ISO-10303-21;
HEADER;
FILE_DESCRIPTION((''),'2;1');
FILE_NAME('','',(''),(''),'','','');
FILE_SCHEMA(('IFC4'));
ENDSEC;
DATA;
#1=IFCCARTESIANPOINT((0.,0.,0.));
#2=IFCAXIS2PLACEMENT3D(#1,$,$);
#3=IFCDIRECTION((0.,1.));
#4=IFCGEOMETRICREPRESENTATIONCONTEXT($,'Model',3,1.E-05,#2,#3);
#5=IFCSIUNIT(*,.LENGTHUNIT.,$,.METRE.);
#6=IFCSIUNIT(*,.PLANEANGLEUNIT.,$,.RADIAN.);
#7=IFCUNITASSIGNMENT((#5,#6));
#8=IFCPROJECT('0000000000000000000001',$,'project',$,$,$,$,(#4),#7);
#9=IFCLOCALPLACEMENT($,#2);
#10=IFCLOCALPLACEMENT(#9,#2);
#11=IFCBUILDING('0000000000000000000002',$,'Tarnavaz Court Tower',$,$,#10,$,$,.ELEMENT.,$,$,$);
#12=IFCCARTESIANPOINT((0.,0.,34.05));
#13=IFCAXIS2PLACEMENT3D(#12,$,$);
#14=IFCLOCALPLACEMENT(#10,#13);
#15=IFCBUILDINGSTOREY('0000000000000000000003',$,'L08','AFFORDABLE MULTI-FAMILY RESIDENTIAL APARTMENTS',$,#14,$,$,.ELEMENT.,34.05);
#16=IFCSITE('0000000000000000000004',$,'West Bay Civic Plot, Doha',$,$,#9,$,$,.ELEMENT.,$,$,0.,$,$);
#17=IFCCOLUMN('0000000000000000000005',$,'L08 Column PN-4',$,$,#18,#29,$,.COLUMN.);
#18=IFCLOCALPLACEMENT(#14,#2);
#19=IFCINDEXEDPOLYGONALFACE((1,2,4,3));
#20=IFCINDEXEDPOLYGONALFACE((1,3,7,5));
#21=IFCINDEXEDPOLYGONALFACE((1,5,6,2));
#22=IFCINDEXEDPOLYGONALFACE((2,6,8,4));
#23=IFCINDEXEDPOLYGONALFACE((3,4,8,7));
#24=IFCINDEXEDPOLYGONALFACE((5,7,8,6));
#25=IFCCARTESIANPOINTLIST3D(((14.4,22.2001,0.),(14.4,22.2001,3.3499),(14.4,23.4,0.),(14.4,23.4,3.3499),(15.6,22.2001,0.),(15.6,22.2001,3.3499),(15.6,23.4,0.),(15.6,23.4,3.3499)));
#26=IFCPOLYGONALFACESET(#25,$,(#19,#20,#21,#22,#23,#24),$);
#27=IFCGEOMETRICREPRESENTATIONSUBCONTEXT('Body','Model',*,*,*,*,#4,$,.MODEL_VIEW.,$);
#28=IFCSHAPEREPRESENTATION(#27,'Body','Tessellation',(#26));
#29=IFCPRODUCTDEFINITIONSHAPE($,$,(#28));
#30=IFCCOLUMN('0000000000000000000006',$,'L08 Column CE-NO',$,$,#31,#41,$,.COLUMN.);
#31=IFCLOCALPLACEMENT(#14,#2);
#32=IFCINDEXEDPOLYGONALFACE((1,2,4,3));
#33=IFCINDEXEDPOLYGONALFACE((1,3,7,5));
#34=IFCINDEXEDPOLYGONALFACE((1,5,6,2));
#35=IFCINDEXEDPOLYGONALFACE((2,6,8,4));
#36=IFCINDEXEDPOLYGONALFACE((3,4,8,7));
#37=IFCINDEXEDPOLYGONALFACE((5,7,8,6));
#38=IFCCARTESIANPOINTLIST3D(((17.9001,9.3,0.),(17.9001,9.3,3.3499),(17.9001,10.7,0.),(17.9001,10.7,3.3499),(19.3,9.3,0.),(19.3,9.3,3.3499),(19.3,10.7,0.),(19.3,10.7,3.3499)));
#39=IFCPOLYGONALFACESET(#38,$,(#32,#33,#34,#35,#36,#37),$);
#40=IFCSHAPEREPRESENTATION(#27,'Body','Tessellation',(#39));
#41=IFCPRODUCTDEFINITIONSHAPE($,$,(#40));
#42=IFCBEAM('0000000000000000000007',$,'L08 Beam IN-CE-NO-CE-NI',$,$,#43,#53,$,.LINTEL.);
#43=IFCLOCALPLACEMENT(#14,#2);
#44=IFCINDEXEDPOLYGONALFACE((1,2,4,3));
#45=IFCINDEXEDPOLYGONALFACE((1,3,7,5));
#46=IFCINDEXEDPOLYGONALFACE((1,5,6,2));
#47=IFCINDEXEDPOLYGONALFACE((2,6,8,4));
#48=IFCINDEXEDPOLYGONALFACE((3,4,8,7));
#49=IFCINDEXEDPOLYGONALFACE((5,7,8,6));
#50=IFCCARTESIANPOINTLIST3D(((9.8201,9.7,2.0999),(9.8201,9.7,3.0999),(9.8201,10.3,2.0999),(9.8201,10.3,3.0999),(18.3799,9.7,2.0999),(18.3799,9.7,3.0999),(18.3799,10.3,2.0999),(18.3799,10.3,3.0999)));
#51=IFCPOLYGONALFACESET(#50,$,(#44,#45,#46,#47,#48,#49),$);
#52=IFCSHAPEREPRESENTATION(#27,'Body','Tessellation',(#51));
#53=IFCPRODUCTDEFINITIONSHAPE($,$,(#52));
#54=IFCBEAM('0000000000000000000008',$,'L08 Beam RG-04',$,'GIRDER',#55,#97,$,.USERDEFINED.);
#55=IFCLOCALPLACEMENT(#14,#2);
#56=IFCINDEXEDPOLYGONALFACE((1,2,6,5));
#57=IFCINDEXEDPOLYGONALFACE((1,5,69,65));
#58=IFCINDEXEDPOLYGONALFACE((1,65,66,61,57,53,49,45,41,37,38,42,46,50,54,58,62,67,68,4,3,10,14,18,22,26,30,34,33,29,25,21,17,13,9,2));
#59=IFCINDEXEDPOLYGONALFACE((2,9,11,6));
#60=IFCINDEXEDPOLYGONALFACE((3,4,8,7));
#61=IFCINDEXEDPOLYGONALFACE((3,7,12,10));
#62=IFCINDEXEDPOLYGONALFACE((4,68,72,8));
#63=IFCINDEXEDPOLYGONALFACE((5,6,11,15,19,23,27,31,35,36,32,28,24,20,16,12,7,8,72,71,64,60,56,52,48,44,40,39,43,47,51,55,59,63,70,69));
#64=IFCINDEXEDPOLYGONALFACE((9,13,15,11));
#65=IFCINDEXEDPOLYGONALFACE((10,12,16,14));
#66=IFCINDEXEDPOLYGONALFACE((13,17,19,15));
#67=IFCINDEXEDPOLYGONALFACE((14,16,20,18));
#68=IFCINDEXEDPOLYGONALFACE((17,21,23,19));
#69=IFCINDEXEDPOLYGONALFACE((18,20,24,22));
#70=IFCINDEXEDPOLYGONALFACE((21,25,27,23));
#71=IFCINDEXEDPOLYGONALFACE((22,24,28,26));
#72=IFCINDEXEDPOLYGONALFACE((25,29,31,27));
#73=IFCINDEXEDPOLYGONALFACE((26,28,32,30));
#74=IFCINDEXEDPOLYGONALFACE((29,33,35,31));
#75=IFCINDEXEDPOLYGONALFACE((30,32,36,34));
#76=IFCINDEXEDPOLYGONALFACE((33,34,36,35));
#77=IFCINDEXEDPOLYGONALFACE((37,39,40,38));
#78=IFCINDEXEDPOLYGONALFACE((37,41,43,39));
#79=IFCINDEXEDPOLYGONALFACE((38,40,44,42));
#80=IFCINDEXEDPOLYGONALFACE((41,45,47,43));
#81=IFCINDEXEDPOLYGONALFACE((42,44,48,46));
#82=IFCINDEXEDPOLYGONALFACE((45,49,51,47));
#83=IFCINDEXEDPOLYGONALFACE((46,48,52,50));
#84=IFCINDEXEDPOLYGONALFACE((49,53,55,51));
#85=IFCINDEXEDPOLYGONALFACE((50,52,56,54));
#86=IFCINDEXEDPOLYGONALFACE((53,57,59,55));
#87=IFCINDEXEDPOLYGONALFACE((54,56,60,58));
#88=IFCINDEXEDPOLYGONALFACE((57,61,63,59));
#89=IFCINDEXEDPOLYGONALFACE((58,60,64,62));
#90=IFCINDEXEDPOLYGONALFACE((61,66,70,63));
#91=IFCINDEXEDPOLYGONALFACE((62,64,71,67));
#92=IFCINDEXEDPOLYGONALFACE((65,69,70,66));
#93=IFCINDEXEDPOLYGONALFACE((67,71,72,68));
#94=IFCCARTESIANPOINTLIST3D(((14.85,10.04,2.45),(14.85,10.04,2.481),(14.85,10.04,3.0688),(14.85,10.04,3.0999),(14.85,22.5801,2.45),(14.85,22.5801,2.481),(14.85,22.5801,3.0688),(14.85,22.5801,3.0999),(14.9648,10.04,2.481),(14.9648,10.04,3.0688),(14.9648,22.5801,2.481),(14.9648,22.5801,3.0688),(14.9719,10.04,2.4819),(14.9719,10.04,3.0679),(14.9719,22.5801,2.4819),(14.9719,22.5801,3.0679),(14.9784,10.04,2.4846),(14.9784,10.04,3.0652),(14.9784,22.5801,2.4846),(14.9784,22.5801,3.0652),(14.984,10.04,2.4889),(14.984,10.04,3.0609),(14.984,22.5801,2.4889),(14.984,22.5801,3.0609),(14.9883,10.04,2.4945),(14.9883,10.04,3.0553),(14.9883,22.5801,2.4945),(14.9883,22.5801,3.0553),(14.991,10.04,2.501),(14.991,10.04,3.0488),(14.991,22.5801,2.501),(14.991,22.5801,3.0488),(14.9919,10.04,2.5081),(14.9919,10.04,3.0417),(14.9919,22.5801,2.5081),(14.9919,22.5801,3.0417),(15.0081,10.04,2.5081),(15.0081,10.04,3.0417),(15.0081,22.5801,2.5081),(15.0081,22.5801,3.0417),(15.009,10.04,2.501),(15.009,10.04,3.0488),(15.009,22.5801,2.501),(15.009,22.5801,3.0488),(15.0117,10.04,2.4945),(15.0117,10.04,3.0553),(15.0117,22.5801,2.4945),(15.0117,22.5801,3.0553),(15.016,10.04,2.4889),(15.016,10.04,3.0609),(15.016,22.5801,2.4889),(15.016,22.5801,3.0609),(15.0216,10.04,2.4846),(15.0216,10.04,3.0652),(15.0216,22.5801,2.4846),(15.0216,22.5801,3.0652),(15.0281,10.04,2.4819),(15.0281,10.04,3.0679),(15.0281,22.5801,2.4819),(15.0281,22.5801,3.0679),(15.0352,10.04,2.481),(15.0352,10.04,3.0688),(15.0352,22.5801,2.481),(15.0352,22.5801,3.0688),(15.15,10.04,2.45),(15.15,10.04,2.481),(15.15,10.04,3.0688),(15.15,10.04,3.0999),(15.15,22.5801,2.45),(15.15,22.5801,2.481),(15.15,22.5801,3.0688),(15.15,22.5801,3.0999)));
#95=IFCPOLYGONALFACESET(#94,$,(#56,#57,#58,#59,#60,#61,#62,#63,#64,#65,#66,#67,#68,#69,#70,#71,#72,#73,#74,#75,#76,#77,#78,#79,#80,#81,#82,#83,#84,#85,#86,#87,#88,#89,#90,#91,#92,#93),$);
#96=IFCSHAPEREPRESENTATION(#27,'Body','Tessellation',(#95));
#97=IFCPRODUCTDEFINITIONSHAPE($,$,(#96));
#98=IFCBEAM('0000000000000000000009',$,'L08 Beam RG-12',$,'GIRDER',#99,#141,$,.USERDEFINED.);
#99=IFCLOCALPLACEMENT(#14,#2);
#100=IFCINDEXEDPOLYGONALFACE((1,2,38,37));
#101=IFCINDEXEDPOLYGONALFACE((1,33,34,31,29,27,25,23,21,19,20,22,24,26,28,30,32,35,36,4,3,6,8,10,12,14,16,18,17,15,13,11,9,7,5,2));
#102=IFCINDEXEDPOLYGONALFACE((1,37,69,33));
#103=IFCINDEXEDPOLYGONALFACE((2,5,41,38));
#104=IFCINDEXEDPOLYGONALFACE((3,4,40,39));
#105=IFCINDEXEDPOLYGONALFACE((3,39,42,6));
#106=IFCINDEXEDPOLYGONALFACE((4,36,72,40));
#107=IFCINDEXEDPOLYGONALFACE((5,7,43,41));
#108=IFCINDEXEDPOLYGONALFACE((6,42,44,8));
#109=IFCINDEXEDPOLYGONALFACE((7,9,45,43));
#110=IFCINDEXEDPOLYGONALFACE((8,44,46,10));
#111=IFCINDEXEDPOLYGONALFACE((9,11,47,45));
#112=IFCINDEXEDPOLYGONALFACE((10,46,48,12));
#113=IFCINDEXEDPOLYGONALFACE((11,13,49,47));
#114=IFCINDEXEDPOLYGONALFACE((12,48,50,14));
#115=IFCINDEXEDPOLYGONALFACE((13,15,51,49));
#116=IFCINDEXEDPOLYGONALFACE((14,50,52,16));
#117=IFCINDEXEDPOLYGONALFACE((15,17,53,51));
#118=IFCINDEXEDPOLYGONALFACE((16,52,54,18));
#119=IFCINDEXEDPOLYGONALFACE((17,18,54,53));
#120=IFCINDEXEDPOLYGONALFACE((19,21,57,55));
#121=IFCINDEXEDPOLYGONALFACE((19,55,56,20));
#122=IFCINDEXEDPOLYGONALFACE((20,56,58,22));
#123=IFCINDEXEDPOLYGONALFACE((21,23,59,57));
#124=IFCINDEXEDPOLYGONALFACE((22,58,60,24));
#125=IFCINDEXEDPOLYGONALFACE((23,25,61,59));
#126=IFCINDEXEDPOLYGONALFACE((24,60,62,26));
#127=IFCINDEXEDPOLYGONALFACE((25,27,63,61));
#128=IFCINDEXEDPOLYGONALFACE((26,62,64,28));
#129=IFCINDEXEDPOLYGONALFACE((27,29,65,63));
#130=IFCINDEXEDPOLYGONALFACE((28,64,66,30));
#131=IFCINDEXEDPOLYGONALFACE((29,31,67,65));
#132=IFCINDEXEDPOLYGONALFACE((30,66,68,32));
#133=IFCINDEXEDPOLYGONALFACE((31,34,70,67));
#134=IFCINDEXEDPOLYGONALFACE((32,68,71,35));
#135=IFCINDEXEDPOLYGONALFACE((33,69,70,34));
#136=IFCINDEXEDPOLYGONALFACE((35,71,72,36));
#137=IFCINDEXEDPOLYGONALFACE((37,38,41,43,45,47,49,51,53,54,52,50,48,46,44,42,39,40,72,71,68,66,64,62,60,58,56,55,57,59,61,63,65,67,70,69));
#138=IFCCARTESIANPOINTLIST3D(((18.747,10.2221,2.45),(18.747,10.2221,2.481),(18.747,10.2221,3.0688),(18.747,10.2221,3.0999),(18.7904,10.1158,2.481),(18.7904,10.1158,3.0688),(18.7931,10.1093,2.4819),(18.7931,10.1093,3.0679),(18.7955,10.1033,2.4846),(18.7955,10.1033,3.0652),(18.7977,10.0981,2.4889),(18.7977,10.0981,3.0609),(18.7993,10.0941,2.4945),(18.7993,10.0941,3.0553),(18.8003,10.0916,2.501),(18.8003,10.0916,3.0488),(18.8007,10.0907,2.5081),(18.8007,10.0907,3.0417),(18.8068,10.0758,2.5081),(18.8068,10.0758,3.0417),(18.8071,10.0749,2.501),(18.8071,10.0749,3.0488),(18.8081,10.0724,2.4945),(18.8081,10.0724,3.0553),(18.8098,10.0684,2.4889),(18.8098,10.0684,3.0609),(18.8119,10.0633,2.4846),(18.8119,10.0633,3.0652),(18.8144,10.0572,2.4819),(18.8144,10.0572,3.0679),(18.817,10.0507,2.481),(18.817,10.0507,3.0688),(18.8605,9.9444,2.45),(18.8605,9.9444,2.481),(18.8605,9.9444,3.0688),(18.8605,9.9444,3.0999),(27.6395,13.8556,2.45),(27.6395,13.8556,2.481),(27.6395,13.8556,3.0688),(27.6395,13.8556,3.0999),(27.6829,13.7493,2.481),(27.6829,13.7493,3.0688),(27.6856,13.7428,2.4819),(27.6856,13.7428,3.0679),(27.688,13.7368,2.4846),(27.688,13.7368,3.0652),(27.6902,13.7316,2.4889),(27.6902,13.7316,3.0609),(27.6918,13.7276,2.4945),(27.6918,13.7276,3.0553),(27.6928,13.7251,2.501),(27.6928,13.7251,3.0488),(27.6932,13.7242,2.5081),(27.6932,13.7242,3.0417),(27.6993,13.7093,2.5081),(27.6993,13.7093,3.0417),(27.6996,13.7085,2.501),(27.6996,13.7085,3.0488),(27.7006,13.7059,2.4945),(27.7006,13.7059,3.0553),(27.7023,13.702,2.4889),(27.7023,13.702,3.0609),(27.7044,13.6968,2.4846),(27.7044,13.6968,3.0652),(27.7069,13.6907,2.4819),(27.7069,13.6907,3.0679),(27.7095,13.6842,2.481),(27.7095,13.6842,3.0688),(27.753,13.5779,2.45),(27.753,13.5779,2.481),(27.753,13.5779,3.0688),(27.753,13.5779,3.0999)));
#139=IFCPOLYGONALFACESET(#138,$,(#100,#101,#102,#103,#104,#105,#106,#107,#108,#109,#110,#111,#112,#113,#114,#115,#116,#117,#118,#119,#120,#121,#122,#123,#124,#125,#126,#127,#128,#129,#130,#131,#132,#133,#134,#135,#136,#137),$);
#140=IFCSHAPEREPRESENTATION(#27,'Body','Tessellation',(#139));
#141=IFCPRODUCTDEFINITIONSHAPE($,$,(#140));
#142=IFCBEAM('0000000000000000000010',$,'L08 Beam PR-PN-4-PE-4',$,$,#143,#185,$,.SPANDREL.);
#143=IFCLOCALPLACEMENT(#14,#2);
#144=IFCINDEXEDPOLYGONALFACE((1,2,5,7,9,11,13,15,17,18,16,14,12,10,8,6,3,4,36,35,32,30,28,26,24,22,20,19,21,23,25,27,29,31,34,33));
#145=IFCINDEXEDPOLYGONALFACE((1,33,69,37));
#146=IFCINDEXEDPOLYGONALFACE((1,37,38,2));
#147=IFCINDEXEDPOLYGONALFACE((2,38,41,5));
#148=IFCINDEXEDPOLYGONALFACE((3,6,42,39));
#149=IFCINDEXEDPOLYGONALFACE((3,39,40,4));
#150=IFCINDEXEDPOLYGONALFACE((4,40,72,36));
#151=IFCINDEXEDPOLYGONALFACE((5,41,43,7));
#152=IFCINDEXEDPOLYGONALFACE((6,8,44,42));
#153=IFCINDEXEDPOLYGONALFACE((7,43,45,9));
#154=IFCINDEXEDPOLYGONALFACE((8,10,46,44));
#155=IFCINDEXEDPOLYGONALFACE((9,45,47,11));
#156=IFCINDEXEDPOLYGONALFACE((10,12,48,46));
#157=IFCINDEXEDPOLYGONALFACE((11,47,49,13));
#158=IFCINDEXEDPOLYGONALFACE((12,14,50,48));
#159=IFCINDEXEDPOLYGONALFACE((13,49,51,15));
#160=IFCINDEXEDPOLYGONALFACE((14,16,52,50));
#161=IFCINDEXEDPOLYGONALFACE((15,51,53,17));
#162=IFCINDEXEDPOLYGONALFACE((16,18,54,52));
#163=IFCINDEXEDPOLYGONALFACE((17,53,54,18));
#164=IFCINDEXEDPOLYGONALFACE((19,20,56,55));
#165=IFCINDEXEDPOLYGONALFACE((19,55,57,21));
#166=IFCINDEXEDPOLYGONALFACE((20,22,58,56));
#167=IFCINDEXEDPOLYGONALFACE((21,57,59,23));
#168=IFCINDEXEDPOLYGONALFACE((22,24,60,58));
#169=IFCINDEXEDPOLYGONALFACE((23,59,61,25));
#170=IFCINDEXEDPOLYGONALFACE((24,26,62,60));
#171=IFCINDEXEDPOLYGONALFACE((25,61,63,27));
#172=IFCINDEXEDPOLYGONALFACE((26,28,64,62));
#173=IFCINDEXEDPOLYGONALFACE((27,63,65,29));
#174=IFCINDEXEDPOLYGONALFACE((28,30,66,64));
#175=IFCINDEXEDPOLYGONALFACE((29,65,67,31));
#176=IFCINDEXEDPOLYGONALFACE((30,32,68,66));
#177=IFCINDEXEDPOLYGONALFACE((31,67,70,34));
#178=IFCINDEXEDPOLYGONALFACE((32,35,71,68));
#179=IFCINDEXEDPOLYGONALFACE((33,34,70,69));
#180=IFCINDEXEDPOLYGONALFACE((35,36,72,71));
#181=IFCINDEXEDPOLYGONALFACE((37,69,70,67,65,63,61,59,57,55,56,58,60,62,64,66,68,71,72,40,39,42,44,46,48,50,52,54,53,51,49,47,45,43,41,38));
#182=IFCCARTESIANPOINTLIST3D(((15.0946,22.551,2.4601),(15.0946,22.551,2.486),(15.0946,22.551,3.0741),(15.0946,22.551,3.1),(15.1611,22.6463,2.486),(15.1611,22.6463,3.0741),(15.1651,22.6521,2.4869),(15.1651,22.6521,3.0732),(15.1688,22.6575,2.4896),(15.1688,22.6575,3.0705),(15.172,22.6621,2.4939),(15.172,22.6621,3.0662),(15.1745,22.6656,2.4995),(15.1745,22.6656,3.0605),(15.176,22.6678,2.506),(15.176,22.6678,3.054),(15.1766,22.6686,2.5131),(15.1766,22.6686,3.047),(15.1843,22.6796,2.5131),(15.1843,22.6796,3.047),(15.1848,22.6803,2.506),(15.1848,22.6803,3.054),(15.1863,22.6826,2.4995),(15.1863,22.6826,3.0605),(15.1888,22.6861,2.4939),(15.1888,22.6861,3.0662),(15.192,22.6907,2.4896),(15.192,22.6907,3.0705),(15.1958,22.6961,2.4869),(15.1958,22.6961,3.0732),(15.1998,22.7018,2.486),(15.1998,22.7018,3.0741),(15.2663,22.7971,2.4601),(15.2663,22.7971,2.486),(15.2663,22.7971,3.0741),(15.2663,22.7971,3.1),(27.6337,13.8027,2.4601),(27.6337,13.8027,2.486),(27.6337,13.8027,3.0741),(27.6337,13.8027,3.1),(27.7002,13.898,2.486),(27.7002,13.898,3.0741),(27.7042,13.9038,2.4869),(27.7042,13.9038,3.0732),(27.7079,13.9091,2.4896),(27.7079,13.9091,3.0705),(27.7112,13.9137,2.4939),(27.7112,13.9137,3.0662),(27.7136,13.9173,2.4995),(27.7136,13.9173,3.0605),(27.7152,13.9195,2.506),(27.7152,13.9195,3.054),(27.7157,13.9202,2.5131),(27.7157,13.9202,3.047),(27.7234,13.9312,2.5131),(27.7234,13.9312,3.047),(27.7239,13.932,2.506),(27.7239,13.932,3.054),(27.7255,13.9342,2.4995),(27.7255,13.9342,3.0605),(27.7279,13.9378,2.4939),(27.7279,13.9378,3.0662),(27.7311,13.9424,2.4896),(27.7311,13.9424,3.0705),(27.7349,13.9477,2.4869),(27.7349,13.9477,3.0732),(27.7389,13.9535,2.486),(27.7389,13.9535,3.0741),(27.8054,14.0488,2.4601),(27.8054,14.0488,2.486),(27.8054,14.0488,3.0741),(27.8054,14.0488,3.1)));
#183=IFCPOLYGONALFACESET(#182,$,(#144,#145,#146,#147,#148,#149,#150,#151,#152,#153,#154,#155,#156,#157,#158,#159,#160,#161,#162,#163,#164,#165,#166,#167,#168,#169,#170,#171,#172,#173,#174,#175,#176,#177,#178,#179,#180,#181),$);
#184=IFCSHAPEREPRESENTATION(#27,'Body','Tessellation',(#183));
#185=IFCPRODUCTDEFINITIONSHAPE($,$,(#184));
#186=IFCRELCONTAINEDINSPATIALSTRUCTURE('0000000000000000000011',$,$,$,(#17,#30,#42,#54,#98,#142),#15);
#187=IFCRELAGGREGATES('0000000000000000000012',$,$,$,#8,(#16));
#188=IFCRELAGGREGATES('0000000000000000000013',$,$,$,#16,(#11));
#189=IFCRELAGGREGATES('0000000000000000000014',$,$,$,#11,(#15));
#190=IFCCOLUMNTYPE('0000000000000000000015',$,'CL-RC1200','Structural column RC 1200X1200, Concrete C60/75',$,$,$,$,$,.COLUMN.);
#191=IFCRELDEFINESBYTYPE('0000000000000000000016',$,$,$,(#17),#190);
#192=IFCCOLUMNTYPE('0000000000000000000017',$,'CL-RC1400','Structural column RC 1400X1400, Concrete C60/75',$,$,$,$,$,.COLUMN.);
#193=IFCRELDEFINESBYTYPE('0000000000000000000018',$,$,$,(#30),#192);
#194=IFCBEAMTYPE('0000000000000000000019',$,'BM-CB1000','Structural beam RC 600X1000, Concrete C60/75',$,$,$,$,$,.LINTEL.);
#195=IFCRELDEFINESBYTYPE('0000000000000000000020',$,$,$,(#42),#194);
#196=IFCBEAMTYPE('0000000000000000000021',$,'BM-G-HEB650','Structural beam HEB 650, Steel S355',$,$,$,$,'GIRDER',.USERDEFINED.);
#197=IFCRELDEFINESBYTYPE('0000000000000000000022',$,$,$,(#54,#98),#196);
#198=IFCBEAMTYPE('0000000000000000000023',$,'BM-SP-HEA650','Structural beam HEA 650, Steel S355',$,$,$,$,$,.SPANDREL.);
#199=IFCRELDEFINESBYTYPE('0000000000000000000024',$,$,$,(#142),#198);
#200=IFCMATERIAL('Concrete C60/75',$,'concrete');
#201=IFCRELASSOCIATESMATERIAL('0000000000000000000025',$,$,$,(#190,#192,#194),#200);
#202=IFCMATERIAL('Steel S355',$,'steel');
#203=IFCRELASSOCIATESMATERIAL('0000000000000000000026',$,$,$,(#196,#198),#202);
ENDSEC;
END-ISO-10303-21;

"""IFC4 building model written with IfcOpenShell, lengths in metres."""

from ifc_helpers import new_model, si_unit, direction, frame, origin, origin_2d, place, context, subcontext, project, spatial, rectangle, i_section, extrude, material, material_profile, profile_set, type_object, element, save


model = new_model("IFC4")

# Units and contexts
model_context = context("Model", 3, precision=1e-05, world=origin(), true_north=direction((0.0, 1.0)))
body_context = subcontext(model_context, "Body", "Model", "MODEL_VIEW")
ifc_project = project(units=[si_unit("LENGTHUNIT", "METRE"), si_unit("PLANEANGLEUNIT", "RADIAN")], contexts=[model_context])

# Site, building, storey
site_placement = place(None, origin())
site = spatial("IfcSite", under=ifc_project, at=site_placement, Name="West Bay Civic Plot, Doha", CompositionType="ELEMENT", RefElevation=0.0)
building_placement = place(site_placement, origin())
building = spatial("IfcBuilding", under=site, at=building_placement, Name="Tarnavaz Court Tower", CompositionType="ELEMENT")
storey_placement = place(building_placement, frame((0.0, 0.0, 34.05)))
storey = spatial("IfcBuildingStorey", under=building, at=storey_placement, Name="L08", Description="AFFORDABLE MULTI-FAMILY RESIDENTIAL APARTMENTS", CompositionType="ELEMENT", Elevation=34.05)

# Columns
ifc_material_1 = material(Name="Concrete C60/75", Category="concrete")
ifc_material_profile_1 = material_profile(ifc_material_1, rectangle(XDim=1.2, YDim=1.2, at=origin_2d()), Name="RC 1200X1200")
ifc_profile_set_1 = profile_set([ifc_material_profile_1], Name="Concrete C60/75")
column_type_1 = type_object("IfcColumnType", Name="CL-RC1200", Description="Structural column RC 1200X1200, Concrete C60/75", PredefinedType="COLUMN", material=ifc_profile_set_1)
column_1_placement = place(storey_placement, frame((15.0, 22.8, 0.0), z_axis=(0.0, 0.0, 1.0), x_axis=(1.0, 0.0, 0.0)))
element("IfcColumn", 1, at=column_1_placement, inside=storey, type_object=column_type_1, Name="L08 Column PN-4", PredefinedType="COLUMN", context=body_context, shape_type="SweptSolid", body=[
    extrude(rectangle(XDim=1.2, YDim=1.2, at=origin_2d()), origin(), (0.0, 0.0, 1.0), 3.3499),
])
ifc_material_profile_2 = material_profile(ifc_material_1, rectangle(XDim=1.3999, YDim=1.3999, at=origin_2d()), Name="RC 1400X1400")
ifc_profile_set_2 = profile_set([ifc_material_profile_2], Name="Concrete C60/75")
column_type_2 = type_object("IfcColumnType", Name="CL-RC1400", Description="Structural column RC 1400X1400, Concrete C60/75", PredefinedType="COLUMN", material=ifc_profile_set_2)
column_2_placement = place(storey_placement, frame((18.6001, 10.0, 0.0), z_axis=(0.0, 0.0, 1.0), x_axis=(1.0, 0.0, 0.0)))
element("IfcColumn", 2, at=column_2_placement, inside=storey, type_object=column_type_2, Name="L08 Column CE-NO", PredefinedType="COLUMN", context=body_context, shape_type="SweptSolid", body=[
    extrude(rectangle(XDim=1.3999, YDim=1.3999, at=origin_2d()), origin(), (0.0, 0.0, 1.0), 3.3499),
])

# Beams
ifc_material_profile_3 = material_profile(ifc_material_1, rectangle(XDim=0.6001, YDim=1.0, at=origin_2d()), Name="RC 600X1000")
ifc_profile_set_3 = profile_set([ifc_material_profile_3], Name="Concrete C60/75")
beam_type_1 = type_object("IfcBeamType", Name="BM-CB1000", Description="Structural beam RC 600X1000, Concrete C60/75", PredefinedType="LINTEL", material=ifc_profile_set_3)
beam_1_placement = place(storey_placement, frame((18.3799, 10.0, 2.5999), z_axis=(-1.0, 0.0, 0.0), x_axis=(0.0, -1.0, 0.0)))
element("IfcBeam", 3, at=beam_1_placement, inside=storey, type_object=beam_type_1, Name="L08 Beam IN-CE-NO-CE-NI", PredefinedType="LINTEL", context=body_context, shape_type="SweptSolid", body=[
    extrude(rectangle(XDim=0.6001, YDim=1.0, at=origin_2d()), origin(), (0.0, 0.0, 1.0), 8.5598),
])
ifc_material_2 = material(Name="Steel S355", Category="steel")
ifc_material_profile_4 = material_profile(ifc_material_2, i_section(OverallWidth=0.3, OverallDepth=0.6499, WebThickness=0.0161, FlangeThickness=0.031, FilletRadius=0.0271, at=origin_2d()), Name="HEB 650")
ifc_profile_set_4 = profile_set([ifc_material_profile_4], Name="Steel S355")
beam_type_2 = type_object("IfcBeamType", Name="BM-G-HEB650", Description="Structural beam HEB 650, Steel S355", ElementType="GIRDER", PredefinedType="USERDEFINED", material=ifc_profile_set_4)
beam_2_placement = place(storey_placement, frame((15.0, 10.04, 2.7749), z_axis=(0.0, 1.0, 0.0), x_axis=(-1.0, 0.0, 0.0)))
element("IfcBeam", 4, at=beam_2_placement, inside=storey, type_object=beam_type_2, Name="L08 Beam RG-04", ObjectType="GIRDER", PredefinedType="USERDEFINED", context=body_context, shape_type="SweptSolid", body=[
    extrude(i_section(OverallWidth=0.3, OverallDepth=0.6499, WebThickness=0.0161, FlangeThickness=0.031, FilletRadius=0.0271, at=origin_2d()), origin(), (0.0, 0.0, 1.0), 12.54),
])
beam_3_placement = place(storey_placement, frame((18.8037, 10.0833, 2.7749), z_axis=(0.925705, 0.378247, 0.0), x_axis=(-0.378247, 0.925705, 0.0)))
element("IfcBeam", 5, at=beam_3_placement, inside=storey, type_object=beam_type_2, Name="L08 Beam RG-12", ObjectType="GIRDER", PredefinedType="USERDEFINED", context=body_context, shape_type="SweptSolid", body=[
    extrude(i_section(OverallWidth=0.3, OverallDepth=0.6499, WebThickness=0.0161, FlangeThickness=0.031, FilletRadius=0.0271, at=origin_2d()), origin(), (0.0, 0.0, 1.0), 9.6062),
])
ifc_material_profile_5 = material_profile(ifc_material_2, i_section(OverallWidth=0.3, OverallDepth=0.6399, WebThickness=0.0134, FlangeThickness=0.0259, FilletRadius=0.0271, at=origin_2d()), Name="HEA 650")
ifc_profile_set_5 = profile_set([ifc_material_profile_5], Name="Steel S355")
beam_type_3 = type_object("IfcBeamType", Name="BM-SP-HEA650", Description="Structural beam HEA 650, Steel S355", PredefinedType="SPANDREL", material=ifc_profile_set_5)
beam_4_placement = place(storey_placement, frame((15.1804, 22.6741, 2.78), z_axis=(0.820124, -0.572186, 0.0), x_axis=(0.572186, 0.820124, 0.0)))
element("IfcBeam", 6, at=beam_4_placement, inside=storey, type_object=beam_type_3, Name="L08 Beam PR-PN-4-PE-4", PredefinedType="SPANDREL", context=body_context, shape_type="SweptSolid", body=[
    extrude(i_section(OverallWidth=0.3, OverallDepth=0.6399, WebThickness=0.0134, FlangeThickness=0.0259, FilletRadius=0.0271, at=origin_2d()), origin(), (0.0, 0.0, 1.0), 15.2893),
])

save(model, "model.ifc")
